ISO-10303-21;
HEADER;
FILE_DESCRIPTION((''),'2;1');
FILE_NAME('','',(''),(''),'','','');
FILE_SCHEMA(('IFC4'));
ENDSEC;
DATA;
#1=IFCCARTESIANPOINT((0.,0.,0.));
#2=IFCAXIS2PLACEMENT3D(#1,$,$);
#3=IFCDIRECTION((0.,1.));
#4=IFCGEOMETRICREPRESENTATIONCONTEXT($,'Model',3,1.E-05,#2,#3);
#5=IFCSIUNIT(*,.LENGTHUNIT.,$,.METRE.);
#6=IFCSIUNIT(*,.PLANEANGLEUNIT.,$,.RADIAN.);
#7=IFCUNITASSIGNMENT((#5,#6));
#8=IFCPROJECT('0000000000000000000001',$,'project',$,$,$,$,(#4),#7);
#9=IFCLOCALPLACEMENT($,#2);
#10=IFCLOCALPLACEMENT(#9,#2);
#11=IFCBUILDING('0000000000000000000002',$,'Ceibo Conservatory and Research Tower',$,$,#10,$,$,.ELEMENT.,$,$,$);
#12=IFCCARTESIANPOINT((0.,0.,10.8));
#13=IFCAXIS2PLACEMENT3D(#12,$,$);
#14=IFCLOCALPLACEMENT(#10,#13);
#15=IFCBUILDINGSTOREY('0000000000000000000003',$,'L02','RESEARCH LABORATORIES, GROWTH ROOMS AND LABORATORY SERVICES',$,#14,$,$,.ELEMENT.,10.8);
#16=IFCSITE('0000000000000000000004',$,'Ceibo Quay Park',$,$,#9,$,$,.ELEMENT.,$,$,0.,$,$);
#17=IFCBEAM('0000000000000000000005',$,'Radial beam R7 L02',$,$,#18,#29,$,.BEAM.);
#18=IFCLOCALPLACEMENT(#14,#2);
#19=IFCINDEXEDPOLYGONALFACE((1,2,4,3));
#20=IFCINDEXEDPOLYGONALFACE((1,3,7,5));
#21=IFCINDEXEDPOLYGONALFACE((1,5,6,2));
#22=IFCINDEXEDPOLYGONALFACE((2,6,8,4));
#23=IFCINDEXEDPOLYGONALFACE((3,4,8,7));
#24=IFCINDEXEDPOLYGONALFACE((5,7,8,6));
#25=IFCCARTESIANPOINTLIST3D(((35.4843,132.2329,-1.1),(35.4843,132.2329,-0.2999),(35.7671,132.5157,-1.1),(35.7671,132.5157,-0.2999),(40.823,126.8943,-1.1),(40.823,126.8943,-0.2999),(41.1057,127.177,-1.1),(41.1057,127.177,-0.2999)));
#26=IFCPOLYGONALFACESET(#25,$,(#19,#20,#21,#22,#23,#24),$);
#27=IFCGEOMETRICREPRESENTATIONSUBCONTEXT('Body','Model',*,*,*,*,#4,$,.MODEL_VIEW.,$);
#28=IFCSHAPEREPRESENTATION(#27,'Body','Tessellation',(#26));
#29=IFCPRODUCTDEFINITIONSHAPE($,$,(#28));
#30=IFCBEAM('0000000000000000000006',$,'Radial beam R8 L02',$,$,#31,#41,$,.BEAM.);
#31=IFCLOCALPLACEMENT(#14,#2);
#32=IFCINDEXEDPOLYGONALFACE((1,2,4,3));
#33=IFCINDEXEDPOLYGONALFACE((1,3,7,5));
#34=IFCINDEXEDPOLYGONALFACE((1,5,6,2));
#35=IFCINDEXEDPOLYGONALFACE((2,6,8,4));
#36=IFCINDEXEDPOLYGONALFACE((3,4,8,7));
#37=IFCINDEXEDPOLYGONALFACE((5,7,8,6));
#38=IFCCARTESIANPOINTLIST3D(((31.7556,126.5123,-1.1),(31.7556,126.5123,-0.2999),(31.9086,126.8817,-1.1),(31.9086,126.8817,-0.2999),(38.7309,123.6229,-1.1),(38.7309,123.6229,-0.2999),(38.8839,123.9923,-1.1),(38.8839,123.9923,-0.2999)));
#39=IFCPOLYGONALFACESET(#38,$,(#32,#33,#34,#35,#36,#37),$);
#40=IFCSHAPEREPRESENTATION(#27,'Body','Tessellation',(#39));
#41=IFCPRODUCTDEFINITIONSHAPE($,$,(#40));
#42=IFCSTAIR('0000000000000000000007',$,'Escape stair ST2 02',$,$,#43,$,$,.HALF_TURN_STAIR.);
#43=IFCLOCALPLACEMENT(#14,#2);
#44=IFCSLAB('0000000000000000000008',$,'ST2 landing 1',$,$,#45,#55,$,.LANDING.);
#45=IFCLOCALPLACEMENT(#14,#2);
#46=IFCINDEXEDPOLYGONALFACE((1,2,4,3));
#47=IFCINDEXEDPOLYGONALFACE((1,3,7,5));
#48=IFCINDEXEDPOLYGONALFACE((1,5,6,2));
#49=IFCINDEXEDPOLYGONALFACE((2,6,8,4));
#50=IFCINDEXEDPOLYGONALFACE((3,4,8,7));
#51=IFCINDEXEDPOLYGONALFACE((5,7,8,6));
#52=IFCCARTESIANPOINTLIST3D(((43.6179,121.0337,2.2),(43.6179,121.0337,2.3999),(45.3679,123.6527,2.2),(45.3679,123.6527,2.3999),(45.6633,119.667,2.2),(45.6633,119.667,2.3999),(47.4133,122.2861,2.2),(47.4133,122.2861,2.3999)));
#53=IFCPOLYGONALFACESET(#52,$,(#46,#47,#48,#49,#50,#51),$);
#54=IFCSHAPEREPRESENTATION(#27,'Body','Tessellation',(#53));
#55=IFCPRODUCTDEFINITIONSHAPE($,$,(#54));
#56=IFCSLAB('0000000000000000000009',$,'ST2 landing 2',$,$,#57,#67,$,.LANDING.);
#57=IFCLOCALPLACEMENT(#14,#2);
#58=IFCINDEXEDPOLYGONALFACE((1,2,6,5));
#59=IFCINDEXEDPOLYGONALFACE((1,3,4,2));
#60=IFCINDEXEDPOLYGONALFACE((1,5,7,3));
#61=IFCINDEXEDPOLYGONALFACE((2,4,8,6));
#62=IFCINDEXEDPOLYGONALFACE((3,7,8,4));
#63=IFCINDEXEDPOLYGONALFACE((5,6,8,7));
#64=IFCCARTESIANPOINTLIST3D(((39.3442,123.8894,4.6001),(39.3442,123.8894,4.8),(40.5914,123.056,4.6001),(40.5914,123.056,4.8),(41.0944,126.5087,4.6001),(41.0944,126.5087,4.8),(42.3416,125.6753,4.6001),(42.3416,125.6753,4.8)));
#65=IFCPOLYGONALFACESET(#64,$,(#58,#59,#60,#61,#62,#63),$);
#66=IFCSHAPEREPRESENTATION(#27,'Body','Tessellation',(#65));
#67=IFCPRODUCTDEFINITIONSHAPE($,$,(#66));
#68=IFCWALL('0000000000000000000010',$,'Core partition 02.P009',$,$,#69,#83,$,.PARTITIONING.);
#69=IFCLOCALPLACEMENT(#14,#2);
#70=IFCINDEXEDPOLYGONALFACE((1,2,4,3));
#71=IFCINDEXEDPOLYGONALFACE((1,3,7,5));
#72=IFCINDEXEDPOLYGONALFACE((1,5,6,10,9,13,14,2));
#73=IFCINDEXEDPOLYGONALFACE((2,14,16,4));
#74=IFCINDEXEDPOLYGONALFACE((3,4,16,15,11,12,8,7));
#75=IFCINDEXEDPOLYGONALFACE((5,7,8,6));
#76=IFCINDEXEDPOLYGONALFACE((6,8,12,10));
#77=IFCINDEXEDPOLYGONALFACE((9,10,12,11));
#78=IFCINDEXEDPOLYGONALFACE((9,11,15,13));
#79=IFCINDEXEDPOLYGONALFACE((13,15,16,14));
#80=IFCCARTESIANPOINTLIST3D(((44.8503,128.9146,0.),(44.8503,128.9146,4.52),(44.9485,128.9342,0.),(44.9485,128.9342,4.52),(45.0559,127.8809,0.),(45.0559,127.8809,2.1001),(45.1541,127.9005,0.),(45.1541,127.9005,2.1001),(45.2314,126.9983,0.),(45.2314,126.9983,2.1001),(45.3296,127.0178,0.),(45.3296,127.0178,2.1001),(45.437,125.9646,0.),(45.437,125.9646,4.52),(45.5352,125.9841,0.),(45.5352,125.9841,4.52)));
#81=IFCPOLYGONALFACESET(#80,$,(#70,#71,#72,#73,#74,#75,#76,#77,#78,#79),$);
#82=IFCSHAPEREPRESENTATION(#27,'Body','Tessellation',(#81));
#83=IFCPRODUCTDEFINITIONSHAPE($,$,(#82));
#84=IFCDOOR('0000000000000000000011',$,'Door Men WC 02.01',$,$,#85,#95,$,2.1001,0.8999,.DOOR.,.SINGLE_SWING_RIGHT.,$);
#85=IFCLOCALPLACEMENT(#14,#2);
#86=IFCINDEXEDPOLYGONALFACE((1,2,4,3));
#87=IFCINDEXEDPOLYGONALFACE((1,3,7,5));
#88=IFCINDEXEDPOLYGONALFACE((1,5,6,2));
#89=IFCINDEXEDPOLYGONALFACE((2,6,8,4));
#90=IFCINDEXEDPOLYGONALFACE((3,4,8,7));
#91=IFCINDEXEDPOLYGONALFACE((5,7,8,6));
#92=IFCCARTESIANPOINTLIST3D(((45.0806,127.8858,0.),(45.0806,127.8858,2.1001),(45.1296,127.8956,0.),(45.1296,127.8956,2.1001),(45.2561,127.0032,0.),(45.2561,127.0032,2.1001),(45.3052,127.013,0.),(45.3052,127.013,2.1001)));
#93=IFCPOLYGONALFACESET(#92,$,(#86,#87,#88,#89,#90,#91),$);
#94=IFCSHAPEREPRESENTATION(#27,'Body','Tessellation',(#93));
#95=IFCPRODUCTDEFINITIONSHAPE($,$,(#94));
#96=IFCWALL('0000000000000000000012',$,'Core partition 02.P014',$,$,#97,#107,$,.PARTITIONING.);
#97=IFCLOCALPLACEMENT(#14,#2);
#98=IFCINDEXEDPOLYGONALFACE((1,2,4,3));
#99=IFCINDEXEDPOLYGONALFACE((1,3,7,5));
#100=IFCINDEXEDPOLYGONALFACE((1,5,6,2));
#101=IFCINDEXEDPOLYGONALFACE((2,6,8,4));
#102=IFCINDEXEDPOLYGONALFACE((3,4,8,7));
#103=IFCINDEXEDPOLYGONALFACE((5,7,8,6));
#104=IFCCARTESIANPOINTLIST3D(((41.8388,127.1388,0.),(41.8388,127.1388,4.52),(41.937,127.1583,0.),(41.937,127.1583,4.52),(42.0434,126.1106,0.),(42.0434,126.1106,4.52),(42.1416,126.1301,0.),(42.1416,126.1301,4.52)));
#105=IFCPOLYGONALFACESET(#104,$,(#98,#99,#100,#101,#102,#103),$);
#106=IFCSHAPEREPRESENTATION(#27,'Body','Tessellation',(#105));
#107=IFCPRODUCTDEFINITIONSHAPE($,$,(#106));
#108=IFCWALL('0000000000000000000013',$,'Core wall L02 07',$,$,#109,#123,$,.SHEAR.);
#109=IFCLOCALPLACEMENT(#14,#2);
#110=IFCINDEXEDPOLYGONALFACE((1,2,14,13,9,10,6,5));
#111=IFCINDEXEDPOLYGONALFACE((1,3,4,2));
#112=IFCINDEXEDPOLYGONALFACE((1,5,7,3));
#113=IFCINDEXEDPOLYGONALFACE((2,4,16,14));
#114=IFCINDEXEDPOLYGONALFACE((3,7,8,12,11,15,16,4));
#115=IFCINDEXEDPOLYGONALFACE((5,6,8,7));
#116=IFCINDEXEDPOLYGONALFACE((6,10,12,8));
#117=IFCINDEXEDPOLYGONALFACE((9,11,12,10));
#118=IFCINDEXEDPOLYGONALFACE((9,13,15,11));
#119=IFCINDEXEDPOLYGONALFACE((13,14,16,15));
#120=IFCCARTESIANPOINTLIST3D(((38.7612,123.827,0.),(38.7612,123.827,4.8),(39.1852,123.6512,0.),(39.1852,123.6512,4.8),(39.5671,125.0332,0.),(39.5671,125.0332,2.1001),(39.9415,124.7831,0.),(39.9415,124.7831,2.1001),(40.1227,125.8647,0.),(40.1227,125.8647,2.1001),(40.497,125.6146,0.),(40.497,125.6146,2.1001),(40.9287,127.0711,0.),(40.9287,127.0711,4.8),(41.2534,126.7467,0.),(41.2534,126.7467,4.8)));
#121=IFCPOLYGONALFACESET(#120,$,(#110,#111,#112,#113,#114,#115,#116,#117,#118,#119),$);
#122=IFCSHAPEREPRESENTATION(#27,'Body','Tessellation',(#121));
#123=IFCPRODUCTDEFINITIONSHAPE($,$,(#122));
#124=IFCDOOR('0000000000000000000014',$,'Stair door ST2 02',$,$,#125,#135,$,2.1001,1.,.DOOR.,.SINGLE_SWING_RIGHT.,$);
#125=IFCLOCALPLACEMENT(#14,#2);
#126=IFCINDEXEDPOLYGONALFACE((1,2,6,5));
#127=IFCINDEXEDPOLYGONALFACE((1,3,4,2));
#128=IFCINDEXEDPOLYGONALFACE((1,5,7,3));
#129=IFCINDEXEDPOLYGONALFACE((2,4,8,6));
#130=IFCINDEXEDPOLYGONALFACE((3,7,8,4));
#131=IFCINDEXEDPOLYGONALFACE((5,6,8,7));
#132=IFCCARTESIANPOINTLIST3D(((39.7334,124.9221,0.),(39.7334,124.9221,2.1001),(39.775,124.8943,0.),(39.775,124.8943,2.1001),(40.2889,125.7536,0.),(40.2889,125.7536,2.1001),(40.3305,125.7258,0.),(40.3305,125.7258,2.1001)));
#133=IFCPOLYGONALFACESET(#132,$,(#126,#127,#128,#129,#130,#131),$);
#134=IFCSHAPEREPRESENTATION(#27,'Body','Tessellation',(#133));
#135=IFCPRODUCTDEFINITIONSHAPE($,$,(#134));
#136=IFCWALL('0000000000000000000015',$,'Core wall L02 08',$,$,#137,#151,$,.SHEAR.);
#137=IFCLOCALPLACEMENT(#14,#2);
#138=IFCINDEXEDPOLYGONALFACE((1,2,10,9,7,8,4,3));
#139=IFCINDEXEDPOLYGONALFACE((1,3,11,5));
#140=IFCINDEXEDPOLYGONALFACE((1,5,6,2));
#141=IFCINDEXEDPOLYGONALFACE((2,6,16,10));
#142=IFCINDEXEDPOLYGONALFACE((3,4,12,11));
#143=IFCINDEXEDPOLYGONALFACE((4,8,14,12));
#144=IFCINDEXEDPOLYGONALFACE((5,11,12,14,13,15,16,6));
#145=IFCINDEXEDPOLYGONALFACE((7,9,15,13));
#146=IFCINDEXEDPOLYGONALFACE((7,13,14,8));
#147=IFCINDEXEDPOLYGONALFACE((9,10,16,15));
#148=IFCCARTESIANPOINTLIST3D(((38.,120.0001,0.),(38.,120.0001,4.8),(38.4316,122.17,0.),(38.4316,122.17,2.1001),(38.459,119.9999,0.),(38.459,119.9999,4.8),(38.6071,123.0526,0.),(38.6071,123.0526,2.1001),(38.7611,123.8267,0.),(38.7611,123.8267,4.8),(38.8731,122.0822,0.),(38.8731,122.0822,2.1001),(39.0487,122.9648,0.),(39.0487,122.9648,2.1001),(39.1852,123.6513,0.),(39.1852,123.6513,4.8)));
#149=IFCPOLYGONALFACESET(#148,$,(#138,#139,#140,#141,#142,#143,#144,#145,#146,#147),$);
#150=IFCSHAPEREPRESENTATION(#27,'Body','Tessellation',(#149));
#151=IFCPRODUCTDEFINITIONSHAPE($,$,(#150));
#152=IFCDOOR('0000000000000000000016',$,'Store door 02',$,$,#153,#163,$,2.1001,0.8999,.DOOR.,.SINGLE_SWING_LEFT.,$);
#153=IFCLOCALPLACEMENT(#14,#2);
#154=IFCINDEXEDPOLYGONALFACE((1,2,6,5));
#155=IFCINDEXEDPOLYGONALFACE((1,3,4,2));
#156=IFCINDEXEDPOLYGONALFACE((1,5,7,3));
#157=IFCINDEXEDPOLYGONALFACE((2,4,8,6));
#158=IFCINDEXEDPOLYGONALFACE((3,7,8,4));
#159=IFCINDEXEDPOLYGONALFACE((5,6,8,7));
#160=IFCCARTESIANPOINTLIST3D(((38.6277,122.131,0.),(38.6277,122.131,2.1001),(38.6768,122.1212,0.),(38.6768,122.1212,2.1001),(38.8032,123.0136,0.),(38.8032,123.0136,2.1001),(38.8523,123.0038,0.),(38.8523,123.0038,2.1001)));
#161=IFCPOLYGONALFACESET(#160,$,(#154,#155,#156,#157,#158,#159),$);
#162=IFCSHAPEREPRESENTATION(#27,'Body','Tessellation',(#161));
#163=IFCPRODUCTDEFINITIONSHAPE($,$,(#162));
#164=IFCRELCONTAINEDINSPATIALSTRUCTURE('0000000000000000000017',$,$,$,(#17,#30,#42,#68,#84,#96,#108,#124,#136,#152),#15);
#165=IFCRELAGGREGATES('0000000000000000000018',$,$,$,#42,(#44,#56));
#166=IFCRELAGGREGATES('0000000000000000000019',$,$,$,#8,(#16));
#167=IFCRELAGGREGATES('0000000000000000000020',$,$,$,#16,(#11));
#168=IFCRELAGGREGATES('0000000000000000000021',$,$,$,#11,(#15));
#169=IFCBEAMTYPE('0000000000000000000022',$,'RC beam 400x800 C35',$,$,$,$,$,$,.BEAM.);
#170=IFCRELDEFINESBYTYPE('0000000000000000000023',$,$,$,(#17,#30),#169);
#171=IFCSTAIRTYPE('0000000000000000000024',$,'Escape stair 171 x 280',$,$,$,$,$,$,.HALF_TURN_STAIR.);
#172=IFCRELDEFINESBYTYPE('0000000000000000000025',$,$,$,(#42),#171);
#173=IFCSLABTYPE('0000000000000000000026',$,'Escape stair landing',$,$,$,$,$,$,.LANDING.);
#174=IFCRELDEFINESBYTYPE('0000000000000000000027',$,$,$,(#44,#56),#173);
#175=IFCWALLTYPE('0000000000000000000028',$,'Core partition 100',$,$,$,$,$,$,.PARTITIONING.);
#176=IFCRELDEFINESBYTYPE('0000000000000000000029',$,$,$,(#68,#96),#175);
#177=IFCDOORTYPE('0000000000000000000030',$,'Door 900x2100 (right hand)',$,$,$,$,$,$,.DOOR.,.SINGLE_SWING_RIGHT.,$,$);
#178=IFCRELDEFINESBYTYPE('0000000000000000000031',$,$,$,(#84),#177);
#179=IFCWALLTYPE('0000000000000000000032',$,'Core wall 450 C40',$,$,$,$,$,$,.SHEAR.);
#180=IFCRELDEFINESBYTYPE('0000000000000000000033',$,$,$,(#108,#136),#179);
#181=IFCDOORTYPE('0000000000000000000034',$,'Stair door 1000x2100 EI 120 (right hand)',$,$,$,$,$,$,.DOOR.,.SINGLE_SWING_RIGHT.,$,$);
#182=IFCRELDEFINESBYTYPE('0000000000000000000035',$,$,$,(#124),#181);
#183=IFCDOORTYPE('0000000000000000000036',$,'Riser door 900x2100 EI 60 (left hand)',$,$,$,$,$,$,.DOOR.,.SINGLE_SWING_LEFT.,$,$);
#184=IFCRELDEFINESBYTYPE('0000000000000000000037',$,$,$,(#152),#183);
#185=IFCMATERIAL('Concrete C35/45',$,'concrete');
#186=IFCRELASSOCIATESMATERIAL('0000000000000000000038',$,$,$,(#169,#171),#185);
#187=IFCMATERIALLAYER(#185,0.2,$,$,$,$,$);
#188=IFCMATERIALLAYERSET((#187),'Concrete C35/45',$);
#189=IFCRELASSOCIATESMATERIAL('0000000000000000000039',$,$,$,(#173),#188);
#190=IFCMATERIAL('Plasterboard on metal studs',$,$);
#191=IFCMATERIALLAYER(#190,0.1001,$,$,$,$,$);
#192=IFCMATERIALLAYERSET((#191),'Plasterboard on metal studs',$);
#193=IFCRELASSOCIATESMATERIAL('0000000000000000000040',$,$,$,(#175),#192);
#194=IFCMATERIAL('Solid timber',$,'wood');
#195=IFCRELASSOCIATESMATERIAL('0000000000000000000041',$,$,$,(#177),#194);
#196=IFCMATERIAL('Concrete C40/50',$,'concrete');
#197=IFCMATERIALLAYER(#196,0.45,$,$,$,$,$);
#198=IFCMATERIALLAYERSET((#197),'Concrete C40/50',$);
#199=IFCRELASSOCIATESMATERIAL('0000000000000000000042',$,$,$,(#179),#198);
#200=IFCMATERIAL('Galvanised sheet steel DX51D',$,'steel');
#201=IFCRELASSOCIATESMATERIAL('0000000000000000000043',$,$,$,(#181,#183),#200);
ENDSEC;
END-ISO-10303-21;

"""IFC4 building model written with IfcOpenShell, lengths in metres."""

from ifc_helpers import new_model, si_unit, direction, frame, frame_2d, origin, origin_2d, place, context, subcontext, project, spatial, polyline, rectangle, outline, extrude, material, layer, layer_set, material_profile, profile_set, type_object, element, fill, aggregate, save


model = new_model("IFC4")

# Units and contexts
model_context = context("Model", 3, precision=1e-05, world=origin(), true_north=direction((0.0, 1.0)))
body_context = subcontext(model_context, "Body", "Model", "MODEL_VIEW")
ifc_project = project(units=[si_unit("LENGTHUNIT", "METRE"), si_unit("PLANEANGLEUNIT", "RADIAN")], contexts=[model_context])

# Site, building, storey
site_placement = place(None, origin())
site = spatial("IfcSite", under=ifc_project, at=site_placement, Name="Ceibo Quay Park", CompositionType="ELEMENT", RefElevation=0.0)
building_placement = place(site_placement, origin())
building = spatial("IfcBuilding", under=site, at=building_placement, Name="Ceibo Conservatory and Research Tower", CompositionType="ELEMENT")
storey_placement = place(building_placement, frame((0.0, 0.0, 10.8)))
storey = spatial("IfcBuildingStorey", under=building, at=storey_placement, Name="L02", Description="RESEARCH LABORATORIES, GROWTH ROOMS AND LABORATORY SERVICES", CompositionType="ELEMENT", Elevation=10.8)

# Beams
ifc_material_1 = material(Name="Concrete C35/45", Category="concrete")
ifc_material_profile = material_profile(ifc_material_1, rectangle(XDim=0.3999, YDim=0.8, at=origin_2d()), Name="RC 400x800")
ifc_profile_set = profile_set([ifc_material_profile], Name="Concrete C35/45")
beam_type = type_object("IfcBeamType", Name="RC beam 400x800 C35", PredefinedType="BEAM", material=ifc_profile_set)
for number, where, z_axis, x_axis, name in (
    (1, (40.9644, 127.0356, -0.7), (-0.707107, 0.707107, 0.0), (-0.707107, -0.707107, 0.0), "Radial beam R7 L02"),
    (2, (38.8074, 123.8076, -0.7), (-0.923874, 0.382697, 0.0), (-0.382697, -0.923874, 0.0), "Radial beam R8 L02"),
):
    element("IfcBeam", number, at=place(storey_placement, frame(where, z_axis=z_axis, x_axis=x_axis)), inside=storey, type_object=beam_type, Name=name, PredefinedType="BEAM", context=body_context, shape_type="SweptSolid", body=[
        extrude(rectangle(XDim=0.3999, YDim=0.8, at=origin_2d()), origin(), (0.0, 0.0, 1.0), 7.55),
    ])

# Stair, slabs
stair_type = type_object("IfcStairType", Name="Escape stair 171 x 280", PredefinedType="HALF_TURN_STAIR", material=ifc_material_1)
stair_placement = place(storey_placement, origin())
stair = element("IfcStair", 3, at=stair_placement, inside=storey, type_object=stair_type, Name="Escape stair ST2 02", PredefinedType="HALF_TURN_STAIR")
ifc_layer_1 = layer(ifc_material_1, 0.2)
ifc_layer_set_1 = layer_set([ifc_layer_1], Name="Concrete C35/45")
slab_type = type_object("IfcSlabType", Name="Escape stair landing", PredefinedType="LANDING", material=ifc_layer_set_1)
slab_1_placement = place(storey_placement, frame((43.6179, 121.0337, 2.2), z_axis=(0.0, 0.0, 1.0), x_axis=(0.83147, -0.55557, 0.0)))
slab_1 = element("IfcSlab", 4, at=slab_1_placement, type_object=slab_type, Name="ST2 landing 1", PredefinedType="LANDING", context=body_context, shape_type="SweptSolid", body=[
    extrude(outline(polyline([(0.0, 0.0), (2.46, 0.0), (2.46, 3.1499), (0.0, 3.1499), (0.0, 0.0)])), origin(), (0.0, 0.0, 1.0), 0.2),
])
slab_2_placement = place(storey_placement, frame((39.3442, 123.8894, 4.6001), z_axis=(0.0, 0.0, 1.0), x_axis=(0.83147, -0.55557, 0.0)))
slab_2 = element("IfcSlab", 5, at=slab_2_placement, type_object=slab_type, Name="ST2 landing 2", PredefinedType="LANDING", context=body_context, shape_type="SweptSolid", body=[
    extrude(outline(polyline([(0.0, 0.0), (1.5, 0.0), (1.5, 3.1501), (0.0, 3.1501), (0.0, 0.0)])), origin(), (0.0, 0.0, 1.0), 0.2),
])

# Wall, opening, door
ifc_material_2 = material(Name="Plasterboard on metal studs")
ifc_layer_2 = layer(ifc_material_2, 0.1001)
ifc_layer_set_2 = layer_set([ifc_layer_2], Name="Plasterboard on metal studs")
wall_type_1 = type_object("IfcWallType", Name="Core partition 100", PredefinedType="PARTITIONING", material=ifc_layer_set_2)
wall_1_placement = place(storey_placement, frame((45.4861, 125.9744, 0.0), z_axis=(0.0, 0.0, 1.0), x_axis=(-0.195055, 0.980792, 0.0)))
wall_1 = element("IfcWall", 6, at=wall_1_placement, inside=storey, type_object=wall_type_1, Name="Core partition 02.P009", PredefinedType="PARTITIONING", context=body_context, shape_type="SweptSolid", body=[
    extrude(rectangle(XDim=3.0078, YDim=0.1001, at=frame_2d((1.5039, 0.0))), origin(), (0.0, 0.0, 1.0), 4.52),
])
opening_1_placement = place(wall_1_placement, frame((1.054, 0.0, 0.0)))
opening_1 = element("IfcOpeningElement", 7, at=opening_1_placement, cuts=wall_1, PredefinedType="OPENING", context=body_context, shape_type="SweptSolid", body=[
    extrude(rectangle(XDim=0.8999, YDim=2.1001, at=frame_2d((0.45, 1.05))), frame((0.0, 0.0601, 0.0), z_axis=(0.0, -1.0, 0.0), x_axis=(1.0, 0.0, 0.0)), (0.0, 0.0, 1.0), 0.1201),
])
ifc_material_3 = material(Name="Solid timber", Category="wood")
door_type_1 = type_object("IfcDoorType", Name="Door 900x2100 (right hand)", OperationType="SINGLE_SWING_RIGHT", PredefinedType="DOOR", material=ifc_material_3)
door_1_placement = place(opening_1_placement, origin())
door_1 = element("IfcDoor", 8, at=door_1_placement, inside=storey, type_object=door_type_1, Name="Door Men WC 02.01", OperationType="SINGLE_SWING_RIGHT", OverallHeight=2.1001, OverallWidth=0.8999, PredefinedType="DOOR", context=body_context, shape_type="SweptSolid", body=[
    extrude(rectangle(XDim=0.8999, YDim=2.1001, at=frame_2d((0.45, 1.05))), frame((0.0, 0.0249, 0.0), z_axis=(0.0, -1.0, 0.0), x_axis=(1.0, 0.0, 0.0)), (0.0, 0.0, 1.0), 0.05),
])
fill(opening_1, door_1)

# Wall
wall_2_placement = place(storey_placement, frame((42.0925, 126.1204, 0.0), z_axis=(0.0, 0.0, 1.0), x_axis=(-0.195175, 0.980768, 0.0)))
element("IfcWall", 9, at=wall_2_placement, inside=storey, type_object=wall_type_1, Name="Core partition 02.P014", PredefinedType="PARTITIONING", context=body_context, shape_type="SweptSolid", body=[
    extrude(rectangle(XDim=1.0483, YDim=0.1001, at=frame_2d((0.5242, 0.0))), origin(), (0.0, 0.0, 1.0), 4.52),
])

# Walls, openings, doors
ifc_material_4 = material(Name="Concrete C40/50", Category="concrete")
ifc_layer_3 = layer(ifc_material_4, 0.45)
ifc_layer_set_3 = layer_set([ifc_layer_3], Name="Concrete C40/50")
wall_type_2 = type_object("IfcWallType", Name="Core wall 450 C40", PredefinedType="SHEAR", material=ifc_layer_set_3)
wall_3_placement = place(storey_placement, frame((41.0911, 126.9089, 0.0), z_axis=(0.0, 0.0, 1.0), x_axis=(-0.555542, -0.831488, 0.0)))
wall_3 = element("IfcWall", 10, at=wall_3_placement, inside=storey, type_object=wall_type_2, Name="Core wall L02 07", PredefinedType="SHEAR", context=body_context, shape_type="SweptSolid", body=[
    extrude(outline(polyline([(-0.0447, -0.2251), (3.8569, -0.2251), (3.7676, 0.2251), (0.0447, 0.2251), (-0.0447, -0.2251)])), origin(), (0.0, 0.0, 1.0), 4.8),
])
opening_2_placement = place(wall_3_placement, frame((1.4062, 0.0, 0.0)))
opening_2 = element("IfcOpeningElement", 11, at=opening_2_placement, cuts=wall_3, PredefinedType="OPENING", context=body_context, shape_type="SweptSolid", body=[
    extrude(rectangle(XDim=1.0, YDim=2.1001, at=frame_2d((0.5, 1.05))), frame((0.0, 0.2349, 0.0), z_axis=(0.0, -1.0, 0.0), x_axis=(1.0, 0.0, 0.0)), (0.0, 0.0, 1.0), 0.47),
])
ifc_material_5 = material(Name="Galvanised sheet steel DX51D", Category="steel")
door_type_2 = type_object("IfcDoorType", Name="Stair door 1000x2100 EI 120 (right hand)", OperationType="SINGLE_SWING_RIGHT", PredefinedType="DOOR", material=ifc_material_5)
door_2_placement = place(opening_2_placement, origin())
door_2 = element("IfcDoor", 12, at=door_2_placement, inside=storey, type_object=door_type_2, Name="Stair door ST2 02", OperationType="SINGLE_SWING_RIGHT", OverallHeight=2.1001, OverallWidth=1.0, PredefinedType="DOOR", context=body_context, shape_type="SweptSolid", body=[
    extrude(rectangle(XDim=1.0, YDim=2.1001, at=frame_2d((0.5, 1.05))), frame((0.0, 0.0249, 0.0), z_axis=(0.0, -1.0, 0.0), x_axis=(1.0, 0.0, 0.0)), (0.0, 0.0, 1.0), 0.05),
])
fill(opening_2, door_2)
wall_4_placement = place(storey_placement, frame((38.9731, 123.739, 0.0), z_axis=(0.0, 0.0, 1.0), x_axis=(-0.195069, -0.980789, 0.0)))
wall_4 = element("IfcWall", 13, at=wall_4_placement, inside=storey, type_object=wall_type_2, Name="Core wall L02 08", PredefinedType="SHEAR", context=body_context, shape_type="SweptSolid", body=[
    extrude(outline(polyline([(-0.0447, -0.2251), (3.8569, -0.2251), (3.7676, 0.2251), (0.0447, 0.2251), (-0.0447, -0.2251)])), origin(), (0.0, 0.0, 1.0), 4.8),
])
opening_3_placement = place(wall_4_placement, frame((0.7446, 0.0, 0.0)))
opening_3 = element("IfcOpeningElement", 14, at=opening_3_placement, cuts=wall_4, PredefinedType="OPENING", context=body_context, shape_type="SweptSolid", body=[
    extrude(rectangle(XDim=0.8999, YDim=2.1001, at=frame_2d((0.45, 1.05))), frame((0.0, 0.2349, 0.0), z_axis=(0.0, -1.0, 0.0), x_axis=(1.0, 0.0, 0.0)), (0.0, 0.0, 1.0), 0.47),
])
door_type_3 = type_object("IfcDoorType", Name="Riser door 900x2100 EI 60 (left hand)", OperationType="SINGLE_SWING_LEFT", PredefinedType="DOOR", material=ifc_material_5)
door_3_placement = place(opening_3_placement, origin())
door_3 = element("IfcDoor", 15, at=door_3_placement, inside=storey, type_object=door_type_3, Name="Store door 02", OperationType="SINGLE_SWING_LEFT", OverallHeight=2.1001, OverallWidth=0.8999, PredefinedType="DOOR", context=body_context, shape_type="SweptSolid", body=[
    extrude(rectangle(XDim=0.8999, YDim=2.1001, at=frame_2d((0.45, 1.05))), frame((0.0, 0.0249, 0.0), z_axis=(0.0, -1.0, 0.0), x_axis=(1.0, 0.0, 0.0)), (0.0, 0.0, 1.0), 0.05),
])
fill(opening_3, door_3)

aggregate(stair, [slab_1, slab_2])

save(model, "model.ifc")
